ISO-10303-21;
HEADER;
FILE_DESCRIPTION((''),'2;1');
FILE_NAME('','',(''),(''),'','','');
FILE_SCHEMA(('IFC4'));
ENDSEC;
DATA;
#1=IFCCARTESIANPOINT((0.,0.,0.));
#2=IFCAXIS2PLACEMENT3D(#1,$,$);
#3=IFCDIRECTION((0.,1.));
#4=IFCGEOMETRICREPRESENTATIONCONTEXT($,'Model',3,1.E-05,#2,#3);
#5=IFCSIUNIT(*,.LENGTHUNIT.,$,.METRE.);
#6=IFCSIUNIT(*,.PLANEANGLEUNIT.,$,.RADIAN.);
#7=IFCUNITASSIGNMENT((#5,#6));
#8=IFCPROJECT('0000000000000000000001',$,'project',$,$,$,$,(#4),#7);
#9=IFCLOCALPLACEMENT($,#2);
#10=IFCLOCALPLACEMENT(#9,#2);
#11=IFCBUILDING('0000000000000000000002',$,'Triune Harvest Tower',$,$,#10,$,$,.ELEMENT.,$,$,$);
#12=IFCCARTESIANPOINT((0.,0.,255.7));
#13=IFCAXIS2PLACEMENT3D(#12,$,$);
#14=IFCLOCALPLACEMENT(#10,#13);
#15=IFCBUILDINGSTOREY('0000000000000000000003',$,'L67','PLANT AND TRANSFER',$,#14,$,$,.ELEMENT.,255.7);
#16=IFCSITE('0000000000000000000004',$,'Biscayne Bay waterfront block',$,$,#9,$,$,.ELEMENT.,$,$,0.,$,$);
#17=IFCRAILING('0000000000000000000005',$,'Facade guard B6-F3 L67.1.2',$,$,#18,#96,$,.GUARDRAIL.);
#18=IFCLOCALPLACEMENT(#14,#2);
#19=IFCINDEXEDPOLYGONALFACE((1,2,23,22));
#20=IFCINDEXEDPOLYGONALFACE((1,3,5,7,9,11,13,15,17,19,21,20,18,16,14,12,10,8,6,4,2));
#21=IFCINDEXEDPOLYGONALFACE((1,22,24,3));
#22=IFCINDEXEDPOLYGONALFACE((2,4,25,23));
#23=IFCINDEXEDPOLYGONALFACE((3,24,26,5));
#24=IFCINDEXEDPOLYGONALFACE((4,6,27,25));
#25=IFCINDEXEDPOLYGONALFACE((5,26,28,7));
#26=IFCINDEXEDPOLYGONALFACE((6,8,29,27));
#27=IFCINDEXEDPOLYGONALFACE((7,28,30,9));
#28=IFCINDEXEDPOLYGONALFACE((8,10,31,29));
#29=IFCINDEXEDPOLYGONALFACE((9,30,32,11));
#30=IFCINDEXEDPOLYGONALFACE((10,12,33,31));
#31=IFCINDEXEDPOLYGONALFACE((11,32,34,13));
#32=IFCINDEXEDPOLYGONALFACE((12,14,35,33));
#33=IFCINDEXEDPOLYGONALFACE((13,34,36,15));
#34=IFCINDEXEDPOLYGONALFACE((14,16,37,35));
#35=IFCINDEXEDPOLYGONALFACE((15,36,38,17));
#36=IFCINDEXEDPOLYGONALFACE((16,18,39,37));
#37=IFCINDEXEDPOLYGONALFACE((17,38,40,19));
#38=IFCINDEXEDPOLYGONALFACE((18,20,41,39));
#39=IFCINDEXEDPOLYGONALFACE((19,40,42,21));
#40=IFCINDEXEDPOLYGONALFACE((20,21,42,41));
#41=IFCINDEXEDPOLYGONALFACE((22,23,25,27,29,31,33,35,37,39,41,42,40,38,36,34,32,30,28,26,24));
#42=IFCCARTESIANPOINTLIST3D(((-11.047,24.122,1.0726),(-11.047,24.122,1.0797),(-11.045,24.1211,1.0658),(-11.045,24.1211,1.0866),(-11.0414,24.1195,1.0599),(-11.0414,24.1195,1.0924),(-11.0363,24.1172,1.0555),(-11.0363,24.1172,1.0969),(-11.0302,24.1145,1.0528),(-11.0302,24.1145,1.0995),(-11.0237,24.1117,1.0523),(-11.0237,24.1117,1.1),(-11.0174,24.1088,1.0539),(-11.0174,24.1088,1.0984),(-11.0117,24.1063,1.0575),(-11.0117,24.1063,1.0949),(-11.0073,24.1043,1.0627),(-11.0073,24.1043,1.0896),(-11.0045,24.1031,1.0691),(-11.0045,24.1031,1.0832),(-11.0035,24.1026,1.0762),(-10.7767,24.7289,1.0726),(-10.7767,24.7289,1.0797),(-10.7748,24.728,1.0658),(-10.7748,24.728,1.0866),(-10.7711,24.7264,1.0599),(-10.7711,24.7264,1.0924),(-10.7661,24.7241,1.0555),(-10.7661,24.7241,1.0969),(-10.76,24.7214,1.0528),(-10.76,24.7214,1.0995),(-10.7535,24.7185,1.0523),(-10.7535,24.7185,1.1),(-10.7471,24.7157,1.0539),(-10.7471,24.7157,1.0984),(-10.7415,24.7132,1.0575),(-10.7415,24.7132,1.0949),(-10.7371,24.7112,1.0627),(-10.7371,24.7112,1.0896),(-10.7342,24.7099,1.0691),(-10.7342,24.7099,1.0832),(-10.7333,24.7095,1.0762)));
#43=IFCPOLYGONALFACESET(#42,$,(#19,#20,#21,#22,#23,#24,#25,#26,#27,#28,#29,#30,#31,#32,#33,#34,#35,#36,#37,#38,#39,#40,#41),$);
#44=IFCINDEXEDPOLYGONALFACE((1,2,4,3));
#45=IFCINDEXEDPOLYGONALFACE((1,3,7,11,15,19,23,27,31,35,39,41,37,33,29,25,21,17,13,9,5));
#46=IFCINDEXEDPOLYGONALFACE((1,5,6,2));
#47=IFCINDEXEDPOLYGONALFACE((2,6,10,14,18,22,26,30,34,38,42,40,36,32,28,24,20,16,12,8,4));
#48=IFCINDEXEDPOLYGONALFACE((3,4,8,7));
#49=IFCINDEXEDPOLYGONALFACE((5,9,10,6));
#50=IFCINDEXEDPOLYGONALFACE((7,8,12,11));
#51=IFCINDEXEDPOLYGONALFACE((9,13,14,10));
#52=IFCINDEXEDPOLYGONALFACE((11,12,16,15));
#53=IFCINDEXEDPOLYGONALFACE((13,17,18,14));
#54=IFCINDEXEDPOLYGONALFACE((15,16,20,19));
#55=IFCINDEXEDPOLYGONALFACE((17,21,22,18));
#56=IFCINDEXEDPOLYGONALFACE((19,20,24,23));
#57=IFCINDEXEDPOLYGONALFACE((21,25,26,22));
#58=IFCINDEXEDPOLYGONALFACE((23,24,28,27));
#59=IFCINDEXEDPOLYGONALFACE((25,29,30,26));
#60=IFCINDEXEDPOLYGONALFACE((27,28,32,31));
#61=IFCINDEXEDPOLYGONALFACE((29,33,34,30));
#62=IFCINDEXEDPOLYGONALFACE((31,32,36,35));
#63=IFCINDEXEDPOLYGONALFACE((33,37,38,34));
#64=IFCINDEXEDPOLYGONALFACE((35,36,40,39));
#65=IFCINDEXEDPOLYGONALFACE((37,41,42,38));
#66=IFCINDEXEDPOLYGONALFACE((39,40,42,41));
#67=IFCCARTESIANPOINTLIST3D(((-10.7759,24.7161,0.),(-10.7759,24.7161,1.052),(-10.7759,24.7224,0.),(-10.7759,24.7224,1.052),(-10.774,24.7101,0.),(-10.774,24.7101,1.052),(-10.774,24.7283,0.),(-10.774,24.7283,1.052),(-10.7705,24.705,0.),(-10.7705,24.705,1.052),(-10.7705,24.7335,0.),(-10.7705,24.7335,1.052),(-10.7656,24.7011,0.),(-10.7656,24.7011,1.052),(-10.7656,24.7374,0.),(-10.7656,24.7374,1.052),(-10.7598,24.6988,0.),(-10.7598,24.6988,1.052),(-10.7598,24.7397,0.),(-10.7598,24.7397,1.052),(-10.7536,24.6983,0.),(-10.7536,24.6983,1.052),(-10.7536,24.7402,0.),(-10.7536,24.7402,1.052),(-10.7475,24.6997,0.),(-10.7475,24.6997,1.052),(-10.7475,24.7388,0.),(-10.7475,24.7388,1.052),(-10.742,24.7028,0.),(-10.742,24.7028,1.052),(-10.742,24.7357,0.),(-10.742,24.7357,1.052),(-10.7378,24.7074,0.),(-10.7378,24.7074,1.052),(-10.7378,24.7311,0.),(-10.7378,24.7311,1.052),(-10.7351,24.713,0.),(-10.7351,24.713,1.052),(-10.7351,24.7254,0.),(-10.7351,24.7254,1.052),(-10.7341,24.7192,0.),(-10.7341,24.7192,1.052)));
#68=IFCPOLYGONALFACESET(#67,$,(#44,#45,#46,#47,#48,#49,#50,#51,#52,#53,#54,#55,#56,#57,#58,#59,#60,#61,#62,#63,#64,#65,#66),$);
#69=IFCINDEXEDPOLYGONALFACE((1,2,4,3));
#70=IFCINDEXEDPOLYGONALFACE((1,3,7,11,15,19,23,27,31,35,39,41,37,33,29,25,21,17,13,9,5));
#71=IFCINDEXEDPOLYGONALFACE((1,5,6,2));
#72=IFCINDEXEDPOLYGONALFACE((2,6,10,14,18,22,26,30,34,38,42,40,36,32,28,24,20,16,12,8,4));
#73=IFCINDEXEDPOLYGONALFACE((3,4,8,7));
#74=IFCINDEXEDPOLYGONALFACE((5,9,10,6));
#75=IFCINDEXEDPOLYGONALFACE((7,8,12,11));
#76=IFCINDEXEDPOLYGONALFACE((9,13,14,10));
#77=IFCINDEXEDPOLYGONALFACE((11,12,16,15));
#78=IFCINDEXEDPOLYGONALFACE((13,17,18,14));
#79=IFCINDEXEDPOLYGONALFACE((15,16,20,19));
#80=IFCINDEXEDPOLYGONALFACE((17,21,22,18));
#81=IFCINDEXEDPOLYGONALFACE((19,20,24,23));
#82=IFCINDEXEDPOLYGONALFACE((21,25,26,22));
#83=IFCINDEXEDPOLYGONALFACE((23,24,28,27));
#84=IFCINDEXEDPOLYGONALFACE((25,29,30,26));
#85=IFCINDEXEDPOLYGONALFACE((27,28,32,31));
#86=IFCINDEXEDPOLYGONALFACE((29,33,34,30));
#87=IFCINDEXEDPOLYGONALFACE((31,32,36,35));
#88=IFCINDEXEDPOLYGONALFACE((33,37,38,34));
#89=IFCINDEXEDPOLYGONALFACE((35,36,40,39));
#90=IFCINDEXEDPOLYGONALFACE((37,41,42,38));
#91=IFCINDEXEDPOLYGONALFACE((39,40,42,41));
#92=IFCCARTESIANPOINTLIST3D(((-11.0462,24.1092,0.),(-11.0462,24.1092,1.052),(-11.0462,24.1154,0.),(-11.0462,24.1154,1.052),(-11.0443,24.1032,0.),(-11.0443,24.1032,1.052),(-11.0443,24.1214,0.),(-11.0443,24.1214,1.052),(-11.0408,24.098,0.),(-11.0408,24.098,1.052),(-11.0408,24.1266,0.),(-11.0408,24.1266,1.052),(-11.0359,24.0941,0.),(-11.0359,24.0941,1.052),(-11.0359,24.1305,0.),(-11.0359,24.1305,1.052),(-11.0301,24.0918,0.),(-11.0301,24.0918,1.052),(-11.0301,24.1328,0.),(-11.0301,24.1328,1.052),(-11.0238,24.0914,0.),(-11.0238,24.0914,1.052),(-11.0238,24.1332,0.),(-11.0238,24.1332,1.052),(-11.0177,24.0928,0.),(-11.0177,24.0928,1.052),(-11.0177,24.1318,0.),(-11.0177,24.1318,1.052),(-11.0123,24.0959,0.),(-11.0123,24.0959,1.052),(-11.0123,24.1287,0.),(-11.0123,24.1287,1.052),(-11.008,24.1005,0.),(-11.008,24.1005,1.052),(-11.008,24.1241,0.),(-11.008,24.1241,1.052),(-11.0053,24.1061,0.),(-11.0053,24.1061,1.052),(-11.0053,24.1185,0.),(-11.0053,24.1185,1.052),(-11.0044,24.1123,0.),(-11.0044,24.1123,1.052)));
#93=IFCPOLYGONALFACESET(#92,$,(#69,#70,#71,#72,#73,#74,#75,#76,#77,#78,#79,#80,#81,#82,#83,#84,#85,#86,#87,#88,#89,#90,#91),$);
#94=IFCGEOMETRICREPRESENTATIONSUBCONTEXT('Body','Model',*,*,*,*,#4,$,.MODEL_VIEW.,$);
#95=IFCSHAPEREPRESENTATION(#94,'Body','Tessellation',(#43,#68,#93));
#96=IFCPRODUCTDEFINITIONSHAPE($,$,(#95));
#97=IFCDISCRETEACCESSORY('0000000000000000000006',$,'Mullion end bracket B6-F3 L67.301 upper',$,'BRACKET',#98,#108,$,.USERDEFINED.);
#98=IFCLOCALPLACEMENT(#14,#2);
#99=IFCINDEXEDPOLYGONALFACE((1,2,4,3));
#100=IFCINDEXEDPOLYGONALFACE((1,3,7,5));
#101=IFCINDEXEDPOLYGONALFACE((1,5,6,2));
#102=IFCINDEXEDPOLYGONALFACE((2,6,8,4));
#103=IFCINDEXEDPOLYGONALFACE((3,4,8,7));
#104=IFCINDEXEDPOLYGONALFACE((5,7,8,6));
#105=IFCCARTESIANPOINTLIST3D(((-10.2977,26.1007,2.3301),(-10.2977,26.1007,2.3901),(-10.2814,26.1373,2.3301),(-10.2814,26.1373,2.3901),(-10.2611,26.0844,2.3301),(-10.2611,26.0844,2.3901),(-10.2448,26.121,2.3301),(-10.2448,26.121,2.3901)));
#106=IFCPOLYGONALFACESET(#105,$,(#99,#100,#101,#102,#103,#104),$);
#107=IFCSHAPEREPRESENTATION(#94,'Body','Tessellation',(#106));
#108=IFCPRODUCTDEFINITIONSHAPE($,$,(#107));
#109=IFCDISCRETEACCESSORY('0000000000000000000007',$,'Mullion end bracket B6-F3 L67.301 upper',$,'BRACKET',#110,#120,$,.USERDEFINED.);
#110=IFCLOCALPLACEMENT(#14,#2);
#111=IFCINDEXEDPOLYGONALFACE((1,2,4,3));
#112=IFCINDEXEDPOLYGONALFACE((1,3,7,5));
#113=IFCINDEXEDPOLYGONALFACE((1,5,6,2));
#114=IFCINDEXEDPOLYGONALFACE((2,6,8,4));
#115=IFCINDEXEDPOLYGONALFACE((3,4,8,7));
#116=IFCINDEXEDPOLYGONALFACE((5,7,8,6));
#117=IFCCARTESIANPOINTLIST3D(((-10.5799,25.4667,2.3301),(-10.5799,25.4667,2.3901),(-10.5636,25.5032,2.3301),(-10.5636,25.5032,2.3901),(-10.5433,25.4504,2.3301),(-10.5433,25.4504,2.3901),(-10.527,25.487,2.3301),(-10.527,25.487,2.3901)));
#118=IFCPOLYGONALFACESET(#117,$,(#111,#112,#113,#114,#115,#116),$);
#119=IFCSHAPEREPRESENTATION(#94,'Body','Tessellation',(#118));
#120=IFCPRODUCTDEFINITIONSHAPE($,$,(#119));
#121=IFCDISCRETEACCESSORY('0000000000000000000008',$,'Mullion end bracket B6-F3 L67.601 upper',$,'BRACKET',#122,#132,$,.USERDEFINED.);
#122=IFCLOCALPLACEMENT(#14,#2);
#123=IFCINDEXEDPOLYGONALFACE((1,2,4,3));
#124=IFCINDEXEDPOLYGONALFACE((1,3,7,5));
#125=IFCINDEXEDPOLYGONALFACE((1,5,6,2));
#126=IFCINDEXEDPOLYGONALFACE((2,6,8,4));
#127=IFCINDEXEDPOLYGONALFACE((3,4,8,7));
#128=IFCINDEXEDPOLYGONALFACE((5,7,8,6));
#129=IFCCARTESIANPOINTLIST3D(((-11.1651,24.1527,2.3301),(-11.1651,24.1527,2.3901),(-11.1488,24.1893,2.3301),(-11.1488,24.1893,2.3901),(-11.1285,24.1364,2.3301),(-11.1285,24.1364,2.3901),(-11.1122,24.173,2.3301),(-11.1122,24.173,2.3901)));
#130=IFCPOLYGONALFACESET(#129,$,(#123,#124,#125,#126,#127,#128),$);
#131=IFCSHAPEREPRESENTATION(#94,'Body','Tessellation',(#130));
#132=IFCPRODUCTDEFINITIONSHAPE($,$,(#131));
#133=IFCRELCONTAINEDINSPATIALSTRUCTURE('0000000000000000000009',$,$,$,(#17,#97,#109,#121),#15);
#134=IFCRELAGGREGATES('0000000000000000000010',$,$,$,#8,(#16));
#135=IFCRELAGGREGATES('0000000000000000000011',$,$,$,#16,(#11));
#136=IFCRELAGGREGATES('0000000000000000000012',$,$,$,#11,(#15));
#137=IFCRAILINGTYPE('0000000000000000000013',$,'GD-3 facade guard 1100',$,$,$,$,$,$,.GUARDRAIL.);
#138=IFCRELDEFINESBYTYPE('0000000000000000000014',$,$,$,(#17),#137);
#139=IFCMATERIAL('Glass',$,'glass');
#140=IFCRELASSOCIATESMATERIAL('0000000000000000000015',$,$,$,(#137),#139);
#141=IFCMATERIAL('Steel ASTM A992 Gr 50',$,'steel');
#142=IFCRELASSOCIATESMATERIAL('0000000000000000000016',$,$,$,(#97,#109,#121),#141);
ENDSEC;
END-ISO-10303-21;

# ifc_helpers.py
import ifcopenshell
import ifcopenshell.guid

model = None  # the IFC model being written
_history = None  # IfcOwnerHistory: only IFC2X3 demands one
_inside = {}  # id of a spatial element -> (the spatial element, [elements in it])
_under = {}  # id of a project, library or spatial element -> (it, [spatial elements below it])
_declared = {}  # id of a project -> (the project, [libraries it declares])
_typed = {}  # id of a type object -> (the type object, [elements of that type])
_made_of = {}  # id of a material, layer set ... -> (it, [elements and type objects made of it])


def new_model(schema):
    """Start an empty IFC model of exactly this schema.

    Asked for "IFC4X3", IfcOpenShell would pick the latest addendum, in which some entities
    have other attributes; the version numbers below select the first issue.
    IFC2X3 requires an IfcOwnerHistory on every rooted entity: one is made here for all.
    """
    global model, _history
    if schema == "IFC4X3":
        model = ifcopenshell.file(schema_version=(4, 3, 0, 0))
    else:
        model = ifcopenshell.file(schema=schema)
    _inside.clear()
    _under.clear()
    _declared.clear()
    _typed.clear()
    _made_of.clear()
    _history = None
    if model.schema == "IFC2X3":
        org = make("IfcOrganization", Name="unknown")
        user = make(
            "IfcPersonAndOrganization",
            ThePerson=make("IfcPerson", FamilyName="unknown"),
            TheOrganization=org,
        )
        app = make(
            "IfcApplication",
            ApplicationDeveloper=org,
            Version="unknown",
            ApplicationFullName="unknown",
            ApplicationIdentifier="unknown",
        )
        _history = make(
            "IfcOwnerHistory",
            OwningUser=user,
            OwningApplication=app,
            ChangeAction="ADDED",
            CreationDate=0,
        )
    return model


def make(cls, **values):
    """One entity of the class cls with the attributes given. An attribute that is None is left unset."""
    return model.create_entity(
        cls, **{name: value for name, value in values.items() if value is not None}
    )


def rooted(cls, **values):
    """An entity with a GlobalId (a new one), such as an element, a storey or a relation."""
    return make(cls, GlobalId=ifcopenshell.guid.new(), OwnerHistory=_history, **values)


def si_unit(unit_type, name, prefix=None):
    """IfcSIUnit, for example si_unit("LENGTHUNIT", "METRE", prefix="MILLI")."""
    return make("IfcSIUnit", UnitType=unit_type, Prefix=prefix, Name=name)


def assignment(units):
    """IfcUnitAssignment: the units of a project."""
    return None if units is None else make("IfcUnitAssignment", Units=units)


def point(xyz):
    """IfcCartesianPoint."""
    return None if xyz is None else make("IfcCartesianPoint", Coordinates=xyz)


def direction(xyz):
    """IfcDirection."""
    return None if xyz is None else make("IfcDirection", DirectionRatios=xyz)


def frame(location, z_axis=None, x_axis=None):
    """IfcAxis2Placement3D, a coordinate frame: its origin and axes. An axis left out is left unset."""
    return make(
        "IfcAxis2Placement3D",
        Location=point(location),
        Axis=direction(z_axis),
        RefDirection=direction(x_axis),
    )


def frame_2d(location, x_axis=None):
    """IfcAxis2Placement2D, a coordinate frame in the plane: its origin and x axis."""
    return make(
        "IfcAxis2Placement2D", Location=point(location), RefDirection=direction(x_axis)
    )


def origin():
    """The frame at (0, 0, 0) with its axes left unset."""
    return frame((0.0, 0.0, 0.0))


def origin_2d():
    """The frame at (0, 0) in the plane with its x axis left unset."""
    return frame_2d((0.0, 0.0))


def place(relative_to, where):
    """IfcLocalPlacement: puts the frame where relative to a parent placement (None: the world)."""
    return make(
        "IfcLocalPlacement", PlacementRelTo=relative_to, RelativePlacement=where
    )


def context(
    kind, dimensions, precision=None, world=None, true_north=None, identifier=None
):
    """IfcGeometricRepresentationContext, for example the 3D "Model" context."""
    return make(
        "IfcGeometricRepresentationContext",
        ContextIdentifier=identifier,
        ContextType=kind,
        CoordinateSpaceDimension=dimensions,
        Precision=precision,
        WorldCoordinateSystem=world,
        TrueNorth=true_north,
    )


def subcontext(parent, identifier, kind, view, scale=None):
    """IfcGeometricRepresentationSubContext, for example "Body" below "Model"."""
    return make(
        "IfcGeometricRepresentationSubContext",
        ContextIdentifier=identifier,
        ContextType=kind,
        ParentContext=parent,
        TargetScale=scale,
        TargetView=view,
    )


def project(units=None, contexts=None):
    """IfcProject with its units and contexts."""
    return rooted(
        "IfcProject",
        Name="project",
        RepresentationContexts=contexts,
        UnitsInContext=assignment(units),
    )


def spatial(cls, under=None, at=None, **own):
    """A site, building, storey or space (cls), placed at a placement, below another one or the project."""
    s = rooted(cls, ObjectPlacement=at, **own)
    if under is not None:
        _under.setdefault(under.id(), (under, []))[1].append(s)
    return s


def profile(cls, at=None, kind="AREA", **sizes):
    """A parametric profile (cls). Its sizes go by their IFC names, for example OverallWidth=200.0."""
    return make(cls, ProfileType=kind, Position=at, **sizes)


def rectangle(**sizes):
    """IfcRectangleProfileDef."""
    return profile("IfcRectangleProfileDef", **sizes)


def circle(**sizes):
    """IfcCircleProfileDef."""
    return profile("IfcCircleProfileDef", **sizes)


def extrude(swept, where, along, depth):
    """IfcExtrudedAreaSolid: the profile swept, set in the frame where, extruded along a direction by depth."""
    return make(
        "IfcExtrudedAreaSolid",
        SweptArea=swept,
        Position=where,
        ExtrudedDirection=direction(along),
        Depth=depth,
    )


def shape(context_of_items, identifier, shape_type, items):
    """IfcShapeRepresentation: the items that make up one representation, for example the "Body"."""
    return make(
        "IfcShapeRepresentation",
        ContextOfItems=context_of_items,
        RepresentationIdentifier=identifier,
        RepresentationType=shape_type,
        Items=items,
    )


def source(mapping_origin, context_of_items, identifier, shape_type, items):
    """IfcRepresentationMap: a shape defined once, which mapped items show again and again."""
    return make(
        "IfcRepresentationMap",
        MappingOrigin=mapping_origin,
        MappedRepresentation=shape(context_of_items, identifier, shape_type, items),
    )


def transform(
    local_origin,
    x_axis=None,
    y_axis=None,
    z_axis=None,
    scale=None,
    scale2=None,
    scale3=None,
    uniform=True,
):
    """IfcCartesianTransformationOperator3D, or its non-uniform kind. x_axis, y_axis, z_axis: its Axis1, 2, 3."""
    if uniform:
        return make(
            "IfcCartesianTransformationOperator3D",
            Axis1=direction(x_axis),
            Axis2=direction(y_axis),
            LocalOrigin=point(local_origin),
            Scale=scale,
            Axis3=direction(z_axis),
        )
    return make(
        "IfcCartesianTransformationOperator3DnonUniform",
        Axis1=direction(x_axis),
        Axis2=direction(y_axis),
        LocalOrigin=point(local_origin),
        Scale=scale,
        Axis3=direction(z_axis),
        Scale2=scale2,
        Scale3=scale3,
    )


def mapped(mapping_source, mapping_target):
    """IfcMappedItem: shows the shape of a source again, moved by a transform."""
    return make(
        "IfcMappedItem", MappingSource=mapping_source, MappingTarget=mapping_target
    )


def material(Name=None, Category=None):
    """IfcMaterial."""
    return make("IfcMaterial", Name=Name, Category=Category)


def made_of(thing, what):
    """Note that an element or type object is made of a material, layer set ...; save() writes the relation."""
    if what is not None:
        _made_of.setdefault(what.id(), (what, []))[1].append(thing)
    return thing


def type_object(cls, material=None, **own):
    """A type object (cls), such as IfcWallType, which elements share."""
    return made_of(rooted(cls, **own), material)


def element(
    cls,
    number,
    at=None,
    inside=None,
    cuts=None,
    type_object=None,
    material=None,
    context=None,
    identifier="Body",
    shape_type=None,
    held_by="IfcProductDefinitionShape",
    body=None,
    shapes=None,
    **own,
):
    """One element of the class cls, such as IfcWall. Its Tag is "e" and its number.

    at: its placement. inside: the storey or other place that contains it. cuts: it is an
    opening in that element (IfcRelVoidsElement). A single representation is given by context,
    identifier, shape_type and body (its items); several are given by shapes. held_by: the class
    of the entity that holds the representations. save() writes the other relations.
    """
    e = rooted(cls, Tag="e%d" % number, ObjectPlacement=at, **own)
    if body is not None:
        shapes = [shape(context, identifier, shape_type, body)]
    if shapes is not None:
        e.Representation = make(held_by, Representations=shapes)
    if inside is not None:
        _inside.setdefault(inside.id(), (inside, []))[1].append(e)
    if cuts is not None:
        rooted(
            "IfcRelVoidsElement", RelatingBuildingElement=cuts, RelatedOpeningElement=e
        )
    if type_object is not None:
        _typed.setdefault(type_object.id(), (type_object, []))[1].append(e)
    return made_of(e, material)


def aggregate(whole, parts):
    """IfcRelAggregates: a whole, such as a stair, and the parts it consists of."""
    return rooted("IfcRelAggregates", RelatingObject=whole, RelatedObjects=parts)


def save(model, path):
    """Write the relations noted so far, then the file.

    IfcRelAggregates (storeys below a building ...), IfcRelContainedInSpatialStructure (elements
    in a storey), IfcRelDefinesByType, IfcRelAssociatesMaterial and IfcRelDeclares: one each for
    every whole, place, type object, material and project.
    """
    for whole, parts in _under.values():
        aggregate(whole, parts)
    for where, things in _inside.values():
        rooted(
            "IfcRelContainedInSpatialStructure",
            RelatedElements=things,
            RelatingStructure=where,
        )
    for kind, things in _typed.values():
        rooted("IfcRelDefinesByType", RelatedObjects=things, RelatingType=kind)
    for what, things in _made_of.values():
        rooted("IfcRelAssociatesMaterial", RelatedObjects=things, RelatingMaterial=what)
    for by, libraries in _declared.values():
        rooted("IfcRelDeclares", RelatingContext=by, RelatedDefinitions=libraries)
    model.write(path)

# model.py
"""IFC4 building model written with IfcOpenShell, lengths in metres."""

from ifc_helpers import new_model, si_unit, direction, frame, origin, origin_2d, place, context, subcontext, project, spatial, rectangle, circle, extrude, source, transform, mapped, material, type_object, element, save


model = new_model("IFC4")

# Units and contexts
model_context = context("Model", 3, precision=1e-05, world=origin(), true_north=direction((0.0, 1.0)))
body_context = subcontext(model_context, "Body", "Model", "MODEL_VIEW")
ifc_project = project(units=[si_unit("LENGTHUNIT", "METRE"), si_unit("PLANEANGLEUNIT", "RADIAN")], contexts=[model_context])

# Site, building, storey
site_placement = place(None, origin())
site = spatial("IfcSite", under=ifc_project, at=site_placement, Name="Biscayne Bay waterfront block", CompositionType="ELEMENT", RefElevation=0.0)
building_placement = place(site_placement, origin())
building = spatial("IfcBuilding", under=site, at=building_placement, Name="Triune Harvest Tower", CompositionType="ELEMENT")
storey_placement = place(building_placement, frame((0.0, 0.0, 255.7)))
storey = spatial("IfcBuildingStorey", under=building, at=storey_placement, Name="L67", Description="PLANT AND TRANSFER", CompositionType="ELEMENT", Elevation=255.7)

# Shared definitions
ifc_material_1 = material(Name="Steel ASTM A992 Gr 50", Category="steel")

# Railing
ifc_material_2 = material(Name="Glass", Category="glass")
railing_type = type_object("IfcRailingType", Name="GD-3 facade guard 1100", PredefinedType="GUARDRAIL", material=ifc_material_2)
railing_placement = place(storey_placement, frame((-10.7551, 24.7192, 0.0)))
element("IfcRailing", 1, at=railing_placement, inside=storey, type_object=railing_type, Name="Facade guard B6-F3 L67.1.2", PredefinedType="GUARDRAIL", context=body_context, shape_type="SweptSolid", body=[
    extrude(circle(Radius=0.0239, at=origin_2d()), frame((0.0, 0.0, 1.0762), z_axis=(-0.406786, -0.913523, 0.0), x_axis=(0.913523, -0.406786, 0.0)), (0.0, 0.0, 1.0), 0.6643),
    extrude(circle(Radius=0.021, at=origin_2d()), origin(), (0.0, 0.0, 1.0), 1.052),
    extrude(circle(Radius=0.021, at=origin_2d()), frame((-0.2703, -0.6069, 0.0)), (0.0, 0.0, 1.0), 1.052),
])

# Discrete accessories
shared_shape_1 = source(origin(), body_context, "Body", "SweptSolid", [
    extrude(rectangle(XDim=0.04, YDim=0.04, at=origin_2d()), origin(), (0.0, 0.0, 1.0), 0.0601),
])
for number, where, z_axis, x_axis, name in (
    (2, (-10.2712, 26.1108, 2.3301), (0.0, 0.0, 1.0), (-0.406714, -0.913555, 0.0), "Mullion end bracket B6-F3 L67.301 upper"),
    (3, (-10.5535, 25.4768, 2.3301), (0.0, 0.0, 1.0), (-0.406714, -0.913555, 0.0), "Mullion end bracket B6-F3 L67.301 upper"),
    (4, (-11.1387, 24.1628, 2.3301), (0.0, 0.0, 1.0), (-0.406735, -0.913546, 0.0), "Mullion end bracket B6-F3 L67.601 upper"),
):
    element("IfcDiscreteAccessory", number, at=place(storey_placement, frame(where, z_axis=z_axis, x_axis=x_axis)), inside=storey, material=ifc_material_1, Name=name, ObjectType="BRACKET", PredefinedType="USERDEFINED", context=body_context, shape_type="MappedRepresentation", body=[
        mapped(shared_shape_1, transform((0.0, 0.0, 0.0), scale=1.0)),
    ])

save(model, "model.ifc")
